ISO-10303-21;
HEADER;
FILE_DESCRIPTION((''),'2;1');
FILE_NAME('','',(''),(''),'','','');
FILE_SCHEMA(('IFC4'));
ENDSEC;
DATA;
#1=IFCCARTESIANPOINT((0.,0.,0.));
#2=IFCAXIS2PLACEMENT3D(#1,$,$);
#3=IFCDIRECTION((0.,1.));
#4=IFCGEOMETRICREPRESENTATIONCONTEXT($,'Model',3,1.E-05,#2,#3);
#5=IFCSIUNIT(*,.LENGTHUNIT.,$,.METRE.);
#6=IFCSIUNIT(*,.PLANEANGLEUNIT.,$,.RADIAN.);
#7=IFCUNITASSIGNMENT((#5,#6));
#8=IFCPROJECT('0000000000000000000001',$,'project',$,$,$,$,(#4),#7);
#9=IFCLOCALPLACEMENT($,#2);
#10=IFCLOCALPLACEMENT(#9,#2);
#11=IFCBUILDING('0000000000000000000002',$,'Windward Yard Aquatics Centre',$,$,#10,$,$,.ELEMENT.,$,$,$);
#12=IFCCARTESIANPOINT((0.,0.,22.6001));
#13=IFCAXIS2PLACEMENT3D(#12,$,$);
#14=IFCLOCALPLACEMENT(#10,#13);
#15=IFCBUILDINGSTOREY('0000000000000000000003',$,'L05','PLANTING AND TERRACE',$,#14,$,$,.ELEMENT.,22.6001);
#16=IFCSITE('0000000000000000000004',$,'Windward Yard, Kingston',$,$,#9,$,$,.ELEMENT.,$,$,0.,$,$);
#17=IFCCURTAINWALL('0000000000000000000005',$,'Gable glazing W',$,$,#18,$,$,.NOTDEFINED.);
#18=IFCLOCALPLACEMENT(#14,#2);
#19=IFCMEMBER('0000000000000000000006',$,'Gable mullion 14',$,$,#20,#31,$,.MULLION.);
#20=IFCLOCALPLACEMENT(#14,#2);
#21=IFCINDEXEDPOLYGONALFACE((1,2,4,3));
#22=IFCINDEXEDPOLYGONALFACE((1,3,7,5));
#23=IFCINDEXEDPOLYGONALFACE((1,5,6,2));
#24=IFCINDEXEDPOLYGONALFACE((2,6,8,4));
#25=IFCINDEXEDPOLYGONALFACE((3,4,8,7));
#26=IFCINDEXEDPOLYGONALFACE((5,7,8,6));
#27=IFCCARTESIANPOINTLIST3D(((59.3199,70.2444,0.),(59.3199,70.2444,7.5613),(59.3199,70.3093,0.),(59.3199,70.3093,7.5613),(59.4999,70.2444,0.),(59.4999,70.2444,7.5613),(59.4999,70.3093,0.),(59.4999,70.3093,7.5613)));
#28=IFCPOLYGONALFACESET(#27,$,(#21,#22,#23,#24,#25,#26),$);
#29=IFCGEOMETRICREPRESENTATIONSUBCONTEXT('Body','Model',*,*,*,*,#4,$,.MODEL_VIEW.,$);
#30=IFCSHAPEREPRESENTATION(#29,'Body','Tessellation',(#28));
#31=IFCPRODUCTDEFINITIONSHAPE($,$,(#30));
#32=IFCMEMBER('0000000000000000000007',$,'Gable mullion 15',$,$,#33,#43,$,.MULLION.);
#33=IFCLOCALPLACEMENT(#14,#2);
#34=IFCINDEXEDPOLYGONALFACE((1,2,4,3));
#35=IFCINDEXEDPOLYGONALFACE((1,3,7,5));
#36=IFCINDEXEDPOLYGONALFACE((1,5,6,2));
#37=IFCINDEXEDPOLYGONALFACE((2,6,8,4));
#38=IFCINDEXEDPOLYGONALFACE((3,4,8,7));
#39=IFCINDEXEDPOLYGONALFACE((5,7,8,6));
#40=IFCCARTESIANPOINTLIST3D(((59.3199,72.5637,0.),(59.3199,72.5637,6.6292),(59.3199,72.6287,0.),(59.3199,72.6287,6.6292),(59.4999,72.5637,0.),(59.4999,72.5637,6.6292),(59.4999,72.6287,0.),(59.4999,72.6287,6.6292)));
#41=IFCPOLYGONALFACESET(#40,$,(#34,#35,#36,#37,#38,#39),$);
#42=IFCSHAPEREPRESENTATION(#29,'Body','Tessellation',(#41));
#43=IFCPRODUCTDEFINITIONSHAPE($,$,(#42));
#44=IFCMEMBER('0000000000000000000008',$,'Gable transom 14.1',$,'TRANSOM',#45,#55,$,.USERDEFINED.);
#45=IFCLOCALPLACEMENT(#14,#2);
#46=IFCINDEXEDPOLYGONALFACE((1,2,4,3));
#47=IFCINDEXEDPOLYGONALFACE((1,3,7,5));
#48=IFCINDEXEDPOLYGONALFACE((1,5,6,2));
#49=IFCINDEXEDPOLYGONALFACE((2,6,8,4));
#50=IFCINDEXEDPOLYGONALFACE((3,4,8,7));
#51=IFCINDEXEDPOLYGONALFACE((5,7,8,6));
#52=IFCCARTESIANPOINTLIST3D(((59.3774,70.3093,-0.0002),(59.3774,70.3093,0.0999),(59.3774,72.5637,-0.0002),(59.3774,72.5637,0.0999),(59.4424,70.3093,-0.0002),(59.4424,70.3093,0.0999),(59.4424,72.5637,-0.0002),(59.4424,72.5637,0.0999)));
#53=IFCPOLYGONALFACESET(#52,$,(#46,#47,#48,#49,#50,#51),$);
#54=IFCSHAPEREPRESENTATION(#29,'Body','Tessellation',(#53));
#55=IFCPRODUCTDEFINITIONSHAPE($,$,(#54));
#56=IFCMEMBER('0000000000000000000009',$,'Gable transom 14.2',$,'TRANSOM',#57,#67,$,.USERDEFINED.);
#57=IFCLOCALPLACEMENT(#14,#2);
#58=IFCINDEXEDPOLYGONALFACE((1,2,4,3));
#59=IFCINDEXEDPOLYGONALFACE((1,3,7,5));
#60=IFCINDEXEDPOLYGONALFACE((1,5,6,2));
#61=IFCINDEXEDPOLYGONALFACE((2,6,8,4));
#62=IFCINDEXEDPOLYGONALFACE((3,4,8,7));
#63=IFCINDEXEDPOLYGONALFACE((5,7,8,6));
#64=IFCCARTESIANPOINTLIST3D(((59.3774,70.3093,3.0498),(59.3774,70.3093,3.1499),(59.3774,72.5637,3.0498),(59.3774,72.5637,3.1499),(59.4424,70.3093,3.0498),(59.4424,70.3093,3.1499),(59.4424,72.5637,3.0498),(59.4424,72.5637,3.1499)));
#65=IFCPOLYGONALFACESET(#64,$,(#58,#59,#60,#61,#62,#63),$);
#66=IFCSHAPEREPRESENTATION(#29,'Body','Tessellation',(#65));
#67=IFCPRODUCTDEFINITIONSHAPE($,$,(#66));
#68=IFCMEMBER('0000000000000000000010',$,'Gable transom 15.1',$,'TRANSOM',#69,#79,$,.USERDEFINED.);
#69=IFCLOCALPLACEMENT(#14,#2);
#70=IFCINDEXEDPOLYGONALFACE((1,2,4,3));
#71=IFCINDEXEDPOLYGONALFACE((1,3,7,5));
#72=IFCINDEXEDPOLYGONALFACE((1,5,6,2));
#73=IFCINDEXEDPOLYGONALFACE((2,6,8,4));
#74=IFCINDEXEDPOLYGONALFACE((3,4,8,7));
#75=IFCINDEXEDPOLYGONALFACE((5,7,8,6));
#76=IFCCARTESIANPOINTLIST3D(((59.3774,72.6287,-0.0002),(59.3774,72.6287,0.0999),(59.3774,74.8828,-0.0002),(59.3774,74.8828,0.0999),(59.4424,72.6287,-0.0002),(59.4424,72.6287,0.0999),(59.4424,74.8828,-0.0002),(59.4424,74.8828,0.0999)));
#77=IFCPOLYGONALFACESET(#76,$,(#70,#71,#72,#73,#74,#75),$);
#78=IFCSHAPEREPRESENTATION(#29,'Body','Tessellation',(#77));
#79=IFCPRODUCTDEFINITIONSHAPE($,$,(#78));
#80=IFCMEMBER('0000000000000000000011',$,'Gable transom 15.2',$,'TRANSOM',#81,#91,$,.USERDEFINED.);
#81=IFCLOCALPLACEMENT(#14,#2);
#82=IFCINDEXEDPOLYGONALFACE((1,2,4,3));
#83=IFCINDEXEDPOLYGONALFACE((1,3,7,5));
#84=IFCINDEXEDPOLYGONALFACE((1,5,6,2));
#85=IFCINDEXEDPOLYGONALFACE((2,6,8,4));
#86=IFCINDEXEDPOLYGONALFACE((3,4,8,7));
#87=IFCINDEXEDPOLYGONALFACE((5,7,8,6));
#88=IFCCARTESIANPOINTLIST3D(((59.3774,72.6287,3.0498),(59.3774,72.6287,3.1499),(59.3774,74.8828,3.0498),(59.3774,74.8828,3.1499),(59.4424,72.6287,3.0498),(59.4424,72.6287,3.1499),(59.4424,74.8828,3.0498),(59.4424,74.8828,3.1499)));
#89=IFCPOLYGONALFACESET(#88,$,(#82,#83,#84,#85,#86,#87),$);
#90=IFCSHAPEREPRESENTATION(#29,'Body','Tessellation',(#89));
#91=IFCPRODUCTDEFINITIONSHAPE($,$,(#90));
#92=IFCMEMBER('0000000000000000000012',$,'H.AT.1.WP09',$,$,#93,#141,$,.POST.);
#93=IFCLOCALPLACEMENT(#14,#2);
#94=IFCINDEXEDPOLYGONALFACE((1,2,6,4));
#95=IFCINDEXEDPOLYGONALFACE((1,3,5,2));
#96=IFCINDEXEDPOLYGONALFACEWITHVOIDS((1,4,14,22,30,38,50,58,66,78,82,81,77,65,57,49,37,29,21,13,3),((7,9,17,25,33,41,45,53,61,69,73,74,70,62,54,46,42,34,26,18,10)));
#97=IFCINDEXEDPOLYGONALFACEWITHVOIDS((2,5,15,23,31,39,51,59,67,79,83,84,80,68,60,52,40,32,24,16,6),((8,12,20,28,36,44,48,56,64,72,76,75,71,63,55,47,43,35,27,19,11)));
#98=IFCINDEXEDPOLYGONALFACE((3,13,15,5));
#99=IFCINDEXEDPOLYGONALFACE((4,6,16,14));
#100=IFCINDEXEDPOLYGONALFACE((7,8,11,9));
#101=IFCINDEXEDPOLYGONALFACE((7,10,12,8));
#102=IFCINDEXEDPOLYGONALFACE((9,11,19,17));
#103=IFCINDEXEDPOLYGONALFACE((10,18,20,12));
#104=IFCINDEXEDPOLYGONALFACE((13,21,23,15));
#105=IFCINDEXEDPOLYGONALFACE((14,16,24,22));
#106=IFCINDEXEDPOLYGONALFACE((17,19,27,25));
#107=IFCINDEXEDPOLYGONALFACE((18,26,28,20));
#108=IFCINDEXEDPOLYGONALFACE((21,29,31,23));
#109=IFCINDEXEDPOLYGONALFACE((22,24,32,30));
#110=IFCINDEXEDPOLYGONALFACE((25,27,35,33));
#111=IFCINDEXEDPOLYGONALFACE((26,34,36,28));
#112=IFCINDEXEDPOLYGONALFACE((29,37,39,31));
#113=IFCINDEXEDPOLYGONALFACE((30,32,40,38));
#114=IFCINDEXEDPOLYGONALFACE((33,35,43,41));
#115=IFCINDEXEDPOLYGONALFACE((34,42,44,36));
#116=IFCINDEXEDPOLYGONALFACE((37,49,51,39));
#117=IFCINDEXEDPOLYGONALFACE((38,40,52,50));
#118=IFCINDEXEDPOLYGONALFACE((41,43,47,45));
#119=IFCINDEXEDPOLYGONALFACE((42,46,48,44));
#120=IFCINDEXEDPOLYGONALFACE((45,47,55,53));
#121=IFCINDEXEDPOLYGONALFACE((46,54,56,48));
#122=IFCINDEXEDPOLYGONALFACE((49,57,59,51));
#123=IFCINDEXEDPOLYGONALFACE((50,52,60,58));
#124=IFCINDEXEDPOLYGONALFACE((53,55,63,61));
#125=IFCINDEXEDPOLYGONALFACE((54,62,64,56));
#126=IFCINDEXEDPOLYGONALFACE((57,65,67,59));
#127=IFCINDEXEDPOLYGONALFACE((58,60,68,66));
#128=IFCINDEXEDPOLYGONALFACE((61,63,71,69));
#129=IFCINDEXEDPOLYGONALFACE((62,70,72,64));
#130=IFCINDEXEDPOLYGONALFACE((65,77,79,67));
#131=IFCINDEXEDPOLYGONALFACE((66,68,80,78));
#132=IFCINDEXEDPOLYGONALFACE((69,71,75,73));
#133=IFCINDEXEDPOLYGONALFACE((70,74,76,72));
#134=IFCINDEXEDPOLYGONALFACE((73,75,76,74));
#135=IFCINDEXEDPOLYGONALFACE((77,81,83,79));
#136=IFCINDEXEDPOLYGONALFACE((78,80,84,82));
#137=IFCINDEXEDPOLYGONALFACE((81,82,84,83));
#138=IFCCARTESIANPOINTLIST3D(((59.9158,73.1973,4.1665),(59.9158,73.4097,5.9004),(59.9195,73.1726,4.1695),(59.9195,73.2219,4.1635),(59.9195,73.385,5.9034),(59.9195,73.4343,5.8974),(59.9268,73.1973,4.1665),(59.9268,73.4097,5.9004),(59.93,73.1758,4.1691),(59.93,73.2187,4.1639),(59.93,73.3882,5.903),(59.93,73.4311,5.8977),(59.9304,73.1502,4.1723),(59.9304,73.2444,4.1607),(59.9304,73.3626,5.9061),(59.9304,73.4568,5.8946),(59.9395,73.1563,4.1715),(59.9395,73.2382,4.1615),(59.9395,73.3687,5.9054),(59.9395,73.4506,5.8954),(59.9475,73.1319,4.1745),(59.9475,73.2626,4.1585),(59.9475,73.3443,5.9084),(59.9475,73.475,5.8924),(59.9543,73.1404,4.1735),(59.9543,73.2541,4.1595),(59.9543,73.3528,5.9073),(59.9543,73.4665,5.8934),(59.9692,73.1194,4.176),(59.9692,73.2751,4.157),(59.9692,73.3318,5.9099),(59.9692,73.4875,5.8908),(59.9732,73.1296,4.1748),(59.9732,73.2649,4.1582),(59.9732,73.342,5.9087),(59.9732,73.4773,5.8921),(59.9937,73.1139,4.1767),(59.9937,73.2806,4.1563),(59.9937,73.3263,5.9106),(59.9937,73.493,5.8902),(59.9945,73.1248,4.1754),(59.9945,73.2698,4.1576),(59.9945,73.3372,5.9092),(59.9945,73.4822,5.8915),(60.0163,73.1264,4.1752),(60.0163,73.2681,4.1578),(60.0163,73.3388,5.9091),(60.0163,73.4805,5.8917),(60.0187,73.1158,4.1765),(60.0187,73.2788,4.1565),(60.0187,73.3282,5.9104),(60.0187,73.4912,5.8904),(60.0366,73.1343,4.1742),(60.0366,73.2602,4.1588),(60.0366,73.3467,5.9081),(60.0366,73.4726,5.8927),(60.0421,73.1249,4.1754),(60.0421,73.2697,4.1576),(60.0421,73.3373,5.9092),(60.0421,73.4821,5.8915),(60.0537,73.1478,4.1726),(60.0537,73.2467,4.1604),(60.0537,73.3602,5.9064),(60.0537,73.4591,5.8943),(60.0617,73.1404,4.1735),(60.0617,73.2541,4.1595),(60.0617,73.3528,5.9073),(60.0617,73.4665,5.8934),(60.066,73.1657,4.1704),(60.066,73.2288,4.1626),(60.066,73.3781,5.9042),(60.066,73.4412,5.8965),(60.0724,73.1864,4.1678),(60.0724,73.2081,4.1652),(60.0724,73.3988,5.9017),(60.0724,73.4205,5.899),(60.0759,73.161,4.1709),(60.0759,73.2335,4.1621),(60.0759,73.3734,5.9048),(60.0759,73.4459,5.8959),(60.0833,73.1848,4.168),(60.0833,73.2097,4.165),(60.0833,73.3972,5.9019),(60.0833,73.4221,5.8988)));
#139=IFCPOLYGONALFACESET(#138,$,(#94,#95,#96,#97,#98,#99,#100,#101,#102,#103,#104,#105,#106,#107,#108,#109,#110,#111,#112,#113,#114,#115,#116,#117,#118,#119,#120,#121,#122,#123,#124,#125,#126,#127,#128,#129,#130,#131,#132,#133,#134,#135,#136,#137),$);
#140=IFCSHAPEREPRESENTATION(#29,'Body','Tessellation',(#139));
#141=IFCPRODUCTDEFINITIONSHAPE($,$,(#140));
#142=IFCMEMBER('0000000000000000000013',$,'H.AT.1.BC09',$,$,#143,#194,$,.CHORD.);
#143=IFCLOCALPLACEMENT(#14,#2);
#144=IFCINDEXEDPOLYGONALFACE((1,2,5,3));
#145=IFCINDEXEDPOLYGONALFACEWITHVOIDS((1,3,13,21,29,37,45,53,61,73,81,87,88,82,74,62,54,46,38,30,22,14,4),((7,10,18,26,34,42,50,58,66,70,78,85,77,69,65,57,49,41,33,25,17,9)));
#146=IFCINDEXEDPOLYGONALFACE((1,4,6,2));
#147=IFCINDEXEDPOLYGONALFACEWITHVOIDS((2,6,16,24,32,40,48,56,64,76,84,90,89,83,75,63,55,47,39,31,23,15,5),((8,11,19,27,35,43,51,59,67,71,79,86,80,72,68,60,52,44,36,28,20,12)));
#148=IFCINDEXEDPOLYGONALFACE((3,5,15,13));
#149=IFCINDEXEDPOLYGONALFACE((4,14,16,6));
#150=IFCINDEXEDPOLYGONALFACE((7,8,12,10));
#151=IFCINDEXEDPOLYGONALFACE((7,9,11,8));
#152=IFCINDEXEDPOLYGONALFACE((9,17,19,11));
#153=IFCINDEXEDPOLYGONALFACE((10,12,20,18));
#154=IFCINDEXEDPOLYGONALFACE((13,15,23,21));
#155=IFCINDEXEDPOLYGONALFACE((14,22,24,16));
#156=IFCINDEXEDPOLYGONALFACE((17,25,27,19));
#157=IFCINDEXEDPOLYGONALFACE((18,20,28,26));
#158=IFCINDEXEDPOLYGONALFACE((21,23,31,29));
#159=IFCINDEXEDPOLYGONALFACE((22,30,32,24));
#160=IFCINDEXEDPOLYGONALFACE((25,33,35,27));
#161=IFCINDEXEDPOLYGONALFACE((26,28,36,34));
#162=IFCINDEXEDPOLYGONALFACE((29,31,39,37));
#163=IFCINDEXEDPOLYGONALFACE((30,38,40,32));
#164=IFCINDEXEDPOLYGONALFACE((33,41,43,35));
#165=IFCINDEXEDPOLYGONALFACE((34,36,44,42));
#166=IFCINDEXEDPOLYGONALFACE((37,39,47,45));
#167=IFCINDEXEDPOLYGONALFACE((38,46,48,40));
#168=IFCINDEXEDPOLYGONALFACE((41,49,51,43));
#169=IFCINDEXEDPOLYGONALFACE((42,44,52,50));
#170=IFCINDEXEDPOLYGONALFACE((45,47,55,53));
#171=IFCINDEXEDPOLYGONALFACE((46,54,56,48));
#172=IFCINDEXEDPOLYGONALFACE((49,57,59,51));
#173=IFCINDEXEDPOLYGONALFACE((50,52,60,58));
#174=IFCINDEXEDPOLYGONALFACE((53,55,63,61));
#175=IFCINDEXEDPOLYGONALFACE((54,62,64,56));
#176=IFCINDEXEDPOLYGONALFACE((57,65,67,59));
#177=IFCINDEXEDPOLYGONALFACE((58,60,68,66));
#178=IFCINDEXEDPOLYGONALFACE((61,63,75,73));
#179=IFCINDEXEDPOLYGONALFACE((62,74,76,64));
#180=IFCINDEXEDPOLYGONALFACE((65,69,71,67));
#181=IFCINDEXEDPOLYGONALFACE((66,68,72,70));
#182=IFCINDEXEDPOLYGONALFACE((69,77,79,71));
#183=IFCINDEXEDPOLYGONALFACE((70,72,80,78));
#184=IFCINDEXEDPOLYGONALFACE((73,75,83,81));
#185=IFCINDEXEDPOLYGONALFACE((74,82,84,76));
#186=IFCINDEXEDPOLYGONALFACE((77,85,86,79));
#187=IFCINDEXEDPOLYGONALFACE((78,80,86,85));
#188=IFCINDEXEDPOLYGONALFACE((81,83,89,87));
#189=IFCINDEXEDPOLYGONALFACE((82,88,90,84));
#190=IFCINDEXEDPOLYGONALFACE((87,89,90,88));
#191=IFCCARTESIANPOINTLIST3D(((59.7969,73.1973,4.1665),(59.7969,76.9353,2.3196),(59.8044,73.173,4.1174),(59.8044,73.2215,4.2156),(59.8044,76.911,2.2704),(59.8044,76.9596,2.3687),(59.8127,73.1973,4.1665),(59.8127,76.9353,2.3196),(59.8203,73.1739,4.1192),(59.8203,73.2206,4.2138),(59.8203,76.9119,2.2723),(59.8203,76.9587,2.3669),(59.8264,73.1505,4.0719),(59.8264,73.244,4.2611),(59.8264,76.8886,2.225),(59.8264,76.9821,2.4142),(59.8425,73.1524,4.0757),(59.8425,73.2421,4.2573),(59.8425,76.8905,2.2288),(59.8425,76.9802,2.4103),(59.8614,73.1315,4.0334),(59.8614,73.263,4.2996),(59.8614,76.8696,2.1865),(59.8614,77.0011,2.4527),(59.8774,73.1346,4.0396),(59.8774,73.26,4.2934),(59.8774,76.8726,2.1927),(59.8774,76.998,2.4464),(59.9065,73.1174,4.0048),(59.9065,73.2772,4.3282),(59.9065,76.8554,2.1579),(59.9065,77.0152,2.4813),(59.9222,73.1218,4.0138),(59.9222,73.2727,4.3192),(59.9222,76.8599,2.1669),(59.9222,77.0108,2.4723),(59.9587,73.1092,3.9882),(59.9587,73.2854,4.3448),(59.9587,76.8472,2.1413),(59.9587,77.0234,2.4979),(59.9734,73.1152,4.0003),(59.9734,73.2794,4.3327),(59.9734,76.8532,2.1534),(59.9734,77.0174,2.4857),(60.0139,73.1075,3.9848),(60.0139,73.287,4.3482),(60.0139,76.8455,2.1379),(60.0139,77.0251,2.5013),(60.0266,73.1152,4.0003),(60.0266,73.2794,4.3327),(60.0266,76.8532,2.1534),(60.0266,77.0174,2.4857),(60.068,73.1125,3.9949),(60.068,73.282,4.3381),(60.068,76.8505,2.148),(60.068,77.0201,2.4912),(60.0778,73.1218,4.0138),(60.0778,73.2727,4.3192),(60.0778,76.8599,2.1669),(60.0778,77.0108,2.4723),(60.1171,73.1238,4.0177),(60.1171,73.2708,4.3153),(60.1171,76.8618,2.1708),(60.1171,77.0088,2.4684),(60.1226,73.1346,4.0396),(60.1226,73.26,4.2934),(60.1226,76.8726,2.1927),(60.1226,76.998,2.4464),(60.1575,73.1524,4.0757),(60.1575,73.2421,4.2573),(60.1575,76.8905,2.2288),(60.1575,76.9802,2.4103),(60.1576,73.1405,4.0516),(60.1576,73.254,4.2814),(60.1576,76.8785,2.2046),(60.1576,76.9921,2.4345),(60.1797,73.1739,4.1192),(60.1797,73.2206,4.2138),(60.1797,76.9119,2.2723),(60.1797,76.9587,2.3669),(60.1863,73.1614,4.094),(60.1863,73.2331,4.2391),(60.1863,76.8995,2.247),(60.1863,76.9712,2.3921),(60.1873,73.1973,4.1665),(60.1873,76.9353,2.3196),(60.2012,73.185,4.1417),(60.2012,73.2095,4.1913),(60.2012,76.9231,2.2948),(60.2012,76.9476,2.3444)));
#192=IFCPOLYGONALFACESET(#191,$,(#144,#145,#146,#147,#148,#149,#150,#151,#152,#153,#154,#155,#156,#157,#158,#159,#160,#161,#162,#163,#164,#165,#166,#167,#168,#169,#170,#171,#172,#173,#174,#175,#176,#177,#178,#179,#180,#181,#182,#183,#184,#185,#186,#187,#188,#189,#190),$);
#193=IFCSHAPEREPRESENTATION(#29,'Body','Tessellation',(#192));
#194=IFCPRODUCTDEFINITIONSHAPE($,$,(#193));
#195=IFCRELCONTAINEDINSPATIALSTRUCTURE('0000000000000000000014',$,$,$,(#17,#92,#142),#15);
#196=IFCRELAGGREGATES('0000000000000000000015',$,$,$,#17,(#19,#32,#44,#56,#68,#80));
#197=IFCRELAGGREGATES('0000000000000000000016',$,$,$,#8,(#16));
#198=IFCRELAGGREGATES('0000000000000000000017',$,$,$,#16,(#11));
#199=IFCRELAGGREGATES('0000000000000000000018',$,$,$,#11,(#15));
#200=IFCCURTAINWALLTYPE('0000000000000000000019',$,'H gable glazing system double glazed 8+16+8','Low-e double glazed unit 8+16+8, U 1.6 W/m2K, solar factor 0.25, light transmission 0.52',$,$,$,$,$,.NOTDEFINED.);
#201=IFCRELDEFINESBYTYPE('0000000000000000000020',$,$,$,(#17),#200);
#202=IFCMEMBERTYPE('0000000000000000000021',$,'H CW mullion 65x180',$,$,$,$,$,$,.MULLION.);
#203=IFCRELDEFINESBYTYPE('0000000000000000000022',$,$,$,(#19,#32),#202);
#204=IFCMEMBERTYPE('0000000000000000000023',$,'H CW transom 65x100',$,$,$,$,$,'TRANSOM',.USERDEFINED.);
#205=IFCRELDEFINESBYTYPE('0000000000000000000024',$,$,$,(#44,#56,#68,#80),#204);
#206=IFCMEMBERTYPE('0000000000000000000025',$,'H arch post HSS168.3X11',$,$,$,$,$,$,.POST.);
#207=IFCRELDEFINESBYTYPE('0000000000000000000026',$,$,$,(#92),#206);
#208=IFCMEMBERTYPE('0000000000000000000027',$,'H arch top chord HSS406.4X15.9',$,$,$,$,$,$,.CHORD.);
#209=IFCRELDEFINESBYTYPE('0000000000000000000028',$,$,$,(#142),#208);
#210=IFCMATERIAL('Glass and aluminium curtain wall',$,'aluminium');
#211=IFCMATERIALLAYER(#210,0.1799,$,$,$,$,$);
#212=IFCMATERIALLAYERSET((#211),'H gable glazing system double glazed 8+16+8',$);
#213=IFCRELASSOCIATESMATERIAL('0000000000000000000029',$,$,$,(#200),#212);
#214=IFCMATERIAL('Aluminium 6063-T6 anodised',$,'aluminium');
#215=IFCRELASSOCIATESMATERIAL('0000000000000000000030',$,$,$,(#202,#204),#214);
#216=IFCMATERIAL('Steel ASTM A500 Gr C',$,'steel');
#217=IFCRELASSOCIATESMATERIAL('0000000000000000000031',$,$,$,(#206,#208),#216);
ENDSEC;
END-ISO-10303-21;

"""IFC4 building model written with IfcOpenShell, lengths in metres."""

from ifc_helpers import new_model, si_unit, direction, frame, origin, origin_2d, place, context, subcontext, project, spatial, rectangle, hollow_circle, extrude, material, layer, layer_set, material_profile, profile_set, type_object, element, aggregate, save


model = new_model("IFC4")

# Units and contexts
model_context = context("Model", 3, precision=1e-05, world=origin(), true_north=direction((0.0, 1.0)))
body_context = subcontext(model_context, "Body", "Model", "MODEL_VIEW")
ifc_project = project(units=[si_unit("LENGTHUNIT", "METRE"), si_unit("PLANEANGLEUNIT", "RADIAN")], contexts=[model_context])

# Site, building, storey
site_placement = place(None, origin())
site = spatial("IfcSite", under=ifc_project, at=site_placement, Name="Windward Yard, Kingston", CompositionType="ELEMENT", RefElevation=0.0)
building_placement = place(site_placement, origin())
building = spatial("IfcBuilding", under=site, at=building_placement, Name="Windward Yard Aquatics Centre", CompositionType="ELEMENT")
storey_placement = place(building_placement, frame((0.0, 0.0, 22.6001)))
storey = spatial("IfcBuildingStorey", under=building, at=storey_placement, Name="L05", Description="PLANTING AND TERRACE", CompositionType="ELEMENT", Elevation=22.6001)

# Curtain wall, members
ifc_material_1 = material(Name="Glass and aluminium curtain wall", Category="aluminium")
ifc_layer_1 = layer(ifc_material_1, 0.1799)
ifc_layer_set_1 = layer_set([ifc_layer_1], Name="H gable glazing system double glazed 8+16+8")
curtain_wall_type = type_object("IfcCurtainWallType", Name="H gable glazing system double glazed 8+16+8", Description="Low-e double glazed unit 8+16+8, U 1.6 W/m2K, solar factor 0.25, light transmission 0.52", PredefinedType="NOTDEFINED", material=ifc_layer_set_1)
curtain_wall_placement = place(storey_placement, origin())
curtain_wall = element("IfcCurtainWall", 1, at=curtain_wall_placement, inside=storey, type_object=curtain_wall_type, Name="Gable glazing W", PredefinedType="NOTDEFINED")
ifc_material_2 = material(Name="Aluminium 6063-T6 anodised", Category="aluminium")
ifc_material_profile_1 = material_profile(ifc_material_2, rectangle(XDim=0.0649, YDim=0.1799, at=origin_2d()), Name="H CW mullion 65x180")
ifc_profile_set_1 = profile_set([ifc_material_profile_1], Name="Aluminium 6063-T6 anodised")
member_type_1 = type_object("IfcMemberType", Name="H CW mullion 65x180", PredefinedType="MULLION", material=ifc_profile_set_1)
member_1_placement = place(storey_placement, frame((59.4099, 70.2769, 0.0), z_axis=(0.0, 0.0, 1.0), x_axis=(0.0, 1.0, 0.0)))
member_1 = element("IfcMember", 2, at=member_1_placement, type_object=member_type_1, Name="Gable mullion 14", PredefinedType="MULLION", context=body_context, shape_type="SweptSolid", body=[
    extrude(rectangle(XDim=0.0649, YDim=0.1799, at=origin_2d()), origin(), (0.0, 0.0, 1.0), 7.5613),
])
member_2_placement = place(storey_placement, frame((59.4099, 72.5962, 0.0), z_axis=(0.0, 0.0, 1.0), x_axis=(0.0, 1.0, 0.0)))
member_2 = element("IfcMember", 3, at=member_2_placement, type_object=member_type_1, Name="Gable mullion 15", PredefinedType="MULLION", context=body_context, shape_type="SweptSolid", body=[
    extrude(rectangle(XDim=0.0649, YDim=0.1799, at=origin_2d()), origin(), (0.0, 0.0, 1.0), 6.6292),
])
ifc_material_profile_2 = material_profile(ifc_material_2, rectangle(XDim=0.0649, YDim=0.1001, at=origin_2d()), Name="H CW transom 65x100")
ifc_profile_set_2 = profile_set([ifc_material_profile_2], Name="Aluminium 6063-T6 anodised")
member_type_2 = type_object("IfcMemberType", Name="H CW transom 65x100", ElementType="TRANSOM", PredefinedType="USERDEFINED", material=ifc_profile_set_2)
member_3_placement = place(storey_placement, frame((59.4099, 70.3093, 0.0498), z_axis=(0.0, 1.0, 0.0), x_axis=(-1.0, 0.0, 0.0)))
member_3 = element("IfcMember", 4, at=member_3_placement, type_object=member_type_2, Name="Gable transom 14.1", ObjectType="TRANSOM", PredefinedType="USERDEFINED", context=body_context, shape_type="SweptSolid", body=[
    extrude(rectangle(XDim=0.0649, YDim=0.1001, at=origin_2d()), origin(), (0.0, 0.0, 1.0), 2.2544),
])
member_4_placement = place(storey_placement, frame((59.4099, 70.3093, 3.0999), z_axis=(0.0, 1.0, 0.0), x_axis=(-1.0, 0.0, 0.0)))
member_4 = element("IfcMember", 5, at=member_4_placement, type_object=member_type_2, Name="Gable transom 14.2", ObjectType="TRANSOM", PredefinedType="USERDEFINED", context=body_context, shape_type="SweptSolid", body=[
    extrude(rectangle(XDim=0.0649, YDim=0.1001, at=origin_2d()), origin(), (0.0, 0.0, 1.0), 2.2544),
])
member_5_placement = place(storey_placement, frame((59.4099, 72.6287, 0.0498), z_axis=(0.0, 1.0, 0.0), x_axis=(-1.0, 0.0, 0.0)))
member_5 = element("IfcMember", 6, at=member_5_placement, type_object=member_type_2, Name="Gable transom 15.1", ObjectType="TRANSOM", PredefinedType="USERDEFINED", context=body_context, shape_type="SweptSolid", body=[
    extrude(rectangle(XDim=0.0649, YDim=0.1001, at=origin_2d()), origin(), (0.0, 0.0, 1.0), 2.2542),
])
member_6_placement = place(storey_placement, frame((59.4099, 72.6287, 3.0999), z_axis=(0.0, 1.0, 0.0), x_axis=(-1.0, 0.0, 0.0)))
member_6 = element("IfcMember", 7, at=member_6_placement, type_object=member_type_2, Name="Gable transom 15.2", ObjectType="TRANSOM", PredefinedType="USERDEFINED", context=body_context, shape_type="SweptSolid", body=[
    extrude(rectangle(XDim=0.0649, YDim=0.1001, at=origin_2d()), origin(), (0.0, 0.0, 1.0), 2.2542),
])

# Members
ifc_material_3 = material(Name="Steel ASTM A500 Gr C", Category="steel")
ifc_material_profile_3 = material_profile(ifc_material_3, hollow_circle(Radius=0.0842, WallThickness=0.011, at=origin_2d()), Name="HSS168.3X11")
ifc_profile_set_3 = profile_set([ifc_material_profile_3], Name="Steel ASTM A500 Gr C")
member_type_3 = type_object("IfcMemberType", Name="H arch post HSS168.3X11", PredefinedType="POST", material=ifc_profile_set_3)
member_7_placement = place(storey_placement, frame((60.0, 73.1973, 4.1665), z_axis=(0.0, 0.121592, 0.99258), x_axis=(-1.0, 0.0, 0.0)))
element("IfcMember", 8, at=member_7_placement, inside=storey, type_object=member_type_3, Name="H.AT.1.WP09", PredefinedType="POST", context=body_context, shape_type="SweptSolid", body=[
    extrude(hollow_circle(Radius=0.0842, WallThickness=0.011, at=origin_2d()), origin(), (0.0, 0.0, 1.0), 1.7468),
])
ifc_material_profile_4 = material_profile(ifc_material_3, hollow_circle(Radius=0.2031, WallThickness=0.0159, at=origin_2d()), Name="HSS406.4X15.9")
ifc_profile_set_4 = profile_set([ifc_material_profile_4], Name="Steel ASTM A500 Gr C")
member_type_4 = type_object("IfcMemberType", Name="H arch top chord HSS406.4X15.9", PredefinedType="CHORD", material=ifc_profile_set_4)
member_8_placement = place(storey_placement, frame((60.0, 73.1973, 4.1665), z_axis=(0.0, 0.896537, -0.442969), x_axis=(-1.0, 0.0, 0.0)))
element("IfcMember", 9, at=member_8_placement, inside=storey, type_object=member_type_4, Name="H.AT.1.BC09", PredefinedType="CHORD", context=body_context, shape_type="SweptSolid", body=[
    extrude(hollow_circle(Radius=0.2031, WallThickness=0.0159, at=origin_2d()), origin(), (0.0, 0.0, 1.0), 4.1694),
])

aggregate(curtain_wall, [member_1, member_2, member_3, member_4, member_5, member_6])

save(model, "model.ifc")
